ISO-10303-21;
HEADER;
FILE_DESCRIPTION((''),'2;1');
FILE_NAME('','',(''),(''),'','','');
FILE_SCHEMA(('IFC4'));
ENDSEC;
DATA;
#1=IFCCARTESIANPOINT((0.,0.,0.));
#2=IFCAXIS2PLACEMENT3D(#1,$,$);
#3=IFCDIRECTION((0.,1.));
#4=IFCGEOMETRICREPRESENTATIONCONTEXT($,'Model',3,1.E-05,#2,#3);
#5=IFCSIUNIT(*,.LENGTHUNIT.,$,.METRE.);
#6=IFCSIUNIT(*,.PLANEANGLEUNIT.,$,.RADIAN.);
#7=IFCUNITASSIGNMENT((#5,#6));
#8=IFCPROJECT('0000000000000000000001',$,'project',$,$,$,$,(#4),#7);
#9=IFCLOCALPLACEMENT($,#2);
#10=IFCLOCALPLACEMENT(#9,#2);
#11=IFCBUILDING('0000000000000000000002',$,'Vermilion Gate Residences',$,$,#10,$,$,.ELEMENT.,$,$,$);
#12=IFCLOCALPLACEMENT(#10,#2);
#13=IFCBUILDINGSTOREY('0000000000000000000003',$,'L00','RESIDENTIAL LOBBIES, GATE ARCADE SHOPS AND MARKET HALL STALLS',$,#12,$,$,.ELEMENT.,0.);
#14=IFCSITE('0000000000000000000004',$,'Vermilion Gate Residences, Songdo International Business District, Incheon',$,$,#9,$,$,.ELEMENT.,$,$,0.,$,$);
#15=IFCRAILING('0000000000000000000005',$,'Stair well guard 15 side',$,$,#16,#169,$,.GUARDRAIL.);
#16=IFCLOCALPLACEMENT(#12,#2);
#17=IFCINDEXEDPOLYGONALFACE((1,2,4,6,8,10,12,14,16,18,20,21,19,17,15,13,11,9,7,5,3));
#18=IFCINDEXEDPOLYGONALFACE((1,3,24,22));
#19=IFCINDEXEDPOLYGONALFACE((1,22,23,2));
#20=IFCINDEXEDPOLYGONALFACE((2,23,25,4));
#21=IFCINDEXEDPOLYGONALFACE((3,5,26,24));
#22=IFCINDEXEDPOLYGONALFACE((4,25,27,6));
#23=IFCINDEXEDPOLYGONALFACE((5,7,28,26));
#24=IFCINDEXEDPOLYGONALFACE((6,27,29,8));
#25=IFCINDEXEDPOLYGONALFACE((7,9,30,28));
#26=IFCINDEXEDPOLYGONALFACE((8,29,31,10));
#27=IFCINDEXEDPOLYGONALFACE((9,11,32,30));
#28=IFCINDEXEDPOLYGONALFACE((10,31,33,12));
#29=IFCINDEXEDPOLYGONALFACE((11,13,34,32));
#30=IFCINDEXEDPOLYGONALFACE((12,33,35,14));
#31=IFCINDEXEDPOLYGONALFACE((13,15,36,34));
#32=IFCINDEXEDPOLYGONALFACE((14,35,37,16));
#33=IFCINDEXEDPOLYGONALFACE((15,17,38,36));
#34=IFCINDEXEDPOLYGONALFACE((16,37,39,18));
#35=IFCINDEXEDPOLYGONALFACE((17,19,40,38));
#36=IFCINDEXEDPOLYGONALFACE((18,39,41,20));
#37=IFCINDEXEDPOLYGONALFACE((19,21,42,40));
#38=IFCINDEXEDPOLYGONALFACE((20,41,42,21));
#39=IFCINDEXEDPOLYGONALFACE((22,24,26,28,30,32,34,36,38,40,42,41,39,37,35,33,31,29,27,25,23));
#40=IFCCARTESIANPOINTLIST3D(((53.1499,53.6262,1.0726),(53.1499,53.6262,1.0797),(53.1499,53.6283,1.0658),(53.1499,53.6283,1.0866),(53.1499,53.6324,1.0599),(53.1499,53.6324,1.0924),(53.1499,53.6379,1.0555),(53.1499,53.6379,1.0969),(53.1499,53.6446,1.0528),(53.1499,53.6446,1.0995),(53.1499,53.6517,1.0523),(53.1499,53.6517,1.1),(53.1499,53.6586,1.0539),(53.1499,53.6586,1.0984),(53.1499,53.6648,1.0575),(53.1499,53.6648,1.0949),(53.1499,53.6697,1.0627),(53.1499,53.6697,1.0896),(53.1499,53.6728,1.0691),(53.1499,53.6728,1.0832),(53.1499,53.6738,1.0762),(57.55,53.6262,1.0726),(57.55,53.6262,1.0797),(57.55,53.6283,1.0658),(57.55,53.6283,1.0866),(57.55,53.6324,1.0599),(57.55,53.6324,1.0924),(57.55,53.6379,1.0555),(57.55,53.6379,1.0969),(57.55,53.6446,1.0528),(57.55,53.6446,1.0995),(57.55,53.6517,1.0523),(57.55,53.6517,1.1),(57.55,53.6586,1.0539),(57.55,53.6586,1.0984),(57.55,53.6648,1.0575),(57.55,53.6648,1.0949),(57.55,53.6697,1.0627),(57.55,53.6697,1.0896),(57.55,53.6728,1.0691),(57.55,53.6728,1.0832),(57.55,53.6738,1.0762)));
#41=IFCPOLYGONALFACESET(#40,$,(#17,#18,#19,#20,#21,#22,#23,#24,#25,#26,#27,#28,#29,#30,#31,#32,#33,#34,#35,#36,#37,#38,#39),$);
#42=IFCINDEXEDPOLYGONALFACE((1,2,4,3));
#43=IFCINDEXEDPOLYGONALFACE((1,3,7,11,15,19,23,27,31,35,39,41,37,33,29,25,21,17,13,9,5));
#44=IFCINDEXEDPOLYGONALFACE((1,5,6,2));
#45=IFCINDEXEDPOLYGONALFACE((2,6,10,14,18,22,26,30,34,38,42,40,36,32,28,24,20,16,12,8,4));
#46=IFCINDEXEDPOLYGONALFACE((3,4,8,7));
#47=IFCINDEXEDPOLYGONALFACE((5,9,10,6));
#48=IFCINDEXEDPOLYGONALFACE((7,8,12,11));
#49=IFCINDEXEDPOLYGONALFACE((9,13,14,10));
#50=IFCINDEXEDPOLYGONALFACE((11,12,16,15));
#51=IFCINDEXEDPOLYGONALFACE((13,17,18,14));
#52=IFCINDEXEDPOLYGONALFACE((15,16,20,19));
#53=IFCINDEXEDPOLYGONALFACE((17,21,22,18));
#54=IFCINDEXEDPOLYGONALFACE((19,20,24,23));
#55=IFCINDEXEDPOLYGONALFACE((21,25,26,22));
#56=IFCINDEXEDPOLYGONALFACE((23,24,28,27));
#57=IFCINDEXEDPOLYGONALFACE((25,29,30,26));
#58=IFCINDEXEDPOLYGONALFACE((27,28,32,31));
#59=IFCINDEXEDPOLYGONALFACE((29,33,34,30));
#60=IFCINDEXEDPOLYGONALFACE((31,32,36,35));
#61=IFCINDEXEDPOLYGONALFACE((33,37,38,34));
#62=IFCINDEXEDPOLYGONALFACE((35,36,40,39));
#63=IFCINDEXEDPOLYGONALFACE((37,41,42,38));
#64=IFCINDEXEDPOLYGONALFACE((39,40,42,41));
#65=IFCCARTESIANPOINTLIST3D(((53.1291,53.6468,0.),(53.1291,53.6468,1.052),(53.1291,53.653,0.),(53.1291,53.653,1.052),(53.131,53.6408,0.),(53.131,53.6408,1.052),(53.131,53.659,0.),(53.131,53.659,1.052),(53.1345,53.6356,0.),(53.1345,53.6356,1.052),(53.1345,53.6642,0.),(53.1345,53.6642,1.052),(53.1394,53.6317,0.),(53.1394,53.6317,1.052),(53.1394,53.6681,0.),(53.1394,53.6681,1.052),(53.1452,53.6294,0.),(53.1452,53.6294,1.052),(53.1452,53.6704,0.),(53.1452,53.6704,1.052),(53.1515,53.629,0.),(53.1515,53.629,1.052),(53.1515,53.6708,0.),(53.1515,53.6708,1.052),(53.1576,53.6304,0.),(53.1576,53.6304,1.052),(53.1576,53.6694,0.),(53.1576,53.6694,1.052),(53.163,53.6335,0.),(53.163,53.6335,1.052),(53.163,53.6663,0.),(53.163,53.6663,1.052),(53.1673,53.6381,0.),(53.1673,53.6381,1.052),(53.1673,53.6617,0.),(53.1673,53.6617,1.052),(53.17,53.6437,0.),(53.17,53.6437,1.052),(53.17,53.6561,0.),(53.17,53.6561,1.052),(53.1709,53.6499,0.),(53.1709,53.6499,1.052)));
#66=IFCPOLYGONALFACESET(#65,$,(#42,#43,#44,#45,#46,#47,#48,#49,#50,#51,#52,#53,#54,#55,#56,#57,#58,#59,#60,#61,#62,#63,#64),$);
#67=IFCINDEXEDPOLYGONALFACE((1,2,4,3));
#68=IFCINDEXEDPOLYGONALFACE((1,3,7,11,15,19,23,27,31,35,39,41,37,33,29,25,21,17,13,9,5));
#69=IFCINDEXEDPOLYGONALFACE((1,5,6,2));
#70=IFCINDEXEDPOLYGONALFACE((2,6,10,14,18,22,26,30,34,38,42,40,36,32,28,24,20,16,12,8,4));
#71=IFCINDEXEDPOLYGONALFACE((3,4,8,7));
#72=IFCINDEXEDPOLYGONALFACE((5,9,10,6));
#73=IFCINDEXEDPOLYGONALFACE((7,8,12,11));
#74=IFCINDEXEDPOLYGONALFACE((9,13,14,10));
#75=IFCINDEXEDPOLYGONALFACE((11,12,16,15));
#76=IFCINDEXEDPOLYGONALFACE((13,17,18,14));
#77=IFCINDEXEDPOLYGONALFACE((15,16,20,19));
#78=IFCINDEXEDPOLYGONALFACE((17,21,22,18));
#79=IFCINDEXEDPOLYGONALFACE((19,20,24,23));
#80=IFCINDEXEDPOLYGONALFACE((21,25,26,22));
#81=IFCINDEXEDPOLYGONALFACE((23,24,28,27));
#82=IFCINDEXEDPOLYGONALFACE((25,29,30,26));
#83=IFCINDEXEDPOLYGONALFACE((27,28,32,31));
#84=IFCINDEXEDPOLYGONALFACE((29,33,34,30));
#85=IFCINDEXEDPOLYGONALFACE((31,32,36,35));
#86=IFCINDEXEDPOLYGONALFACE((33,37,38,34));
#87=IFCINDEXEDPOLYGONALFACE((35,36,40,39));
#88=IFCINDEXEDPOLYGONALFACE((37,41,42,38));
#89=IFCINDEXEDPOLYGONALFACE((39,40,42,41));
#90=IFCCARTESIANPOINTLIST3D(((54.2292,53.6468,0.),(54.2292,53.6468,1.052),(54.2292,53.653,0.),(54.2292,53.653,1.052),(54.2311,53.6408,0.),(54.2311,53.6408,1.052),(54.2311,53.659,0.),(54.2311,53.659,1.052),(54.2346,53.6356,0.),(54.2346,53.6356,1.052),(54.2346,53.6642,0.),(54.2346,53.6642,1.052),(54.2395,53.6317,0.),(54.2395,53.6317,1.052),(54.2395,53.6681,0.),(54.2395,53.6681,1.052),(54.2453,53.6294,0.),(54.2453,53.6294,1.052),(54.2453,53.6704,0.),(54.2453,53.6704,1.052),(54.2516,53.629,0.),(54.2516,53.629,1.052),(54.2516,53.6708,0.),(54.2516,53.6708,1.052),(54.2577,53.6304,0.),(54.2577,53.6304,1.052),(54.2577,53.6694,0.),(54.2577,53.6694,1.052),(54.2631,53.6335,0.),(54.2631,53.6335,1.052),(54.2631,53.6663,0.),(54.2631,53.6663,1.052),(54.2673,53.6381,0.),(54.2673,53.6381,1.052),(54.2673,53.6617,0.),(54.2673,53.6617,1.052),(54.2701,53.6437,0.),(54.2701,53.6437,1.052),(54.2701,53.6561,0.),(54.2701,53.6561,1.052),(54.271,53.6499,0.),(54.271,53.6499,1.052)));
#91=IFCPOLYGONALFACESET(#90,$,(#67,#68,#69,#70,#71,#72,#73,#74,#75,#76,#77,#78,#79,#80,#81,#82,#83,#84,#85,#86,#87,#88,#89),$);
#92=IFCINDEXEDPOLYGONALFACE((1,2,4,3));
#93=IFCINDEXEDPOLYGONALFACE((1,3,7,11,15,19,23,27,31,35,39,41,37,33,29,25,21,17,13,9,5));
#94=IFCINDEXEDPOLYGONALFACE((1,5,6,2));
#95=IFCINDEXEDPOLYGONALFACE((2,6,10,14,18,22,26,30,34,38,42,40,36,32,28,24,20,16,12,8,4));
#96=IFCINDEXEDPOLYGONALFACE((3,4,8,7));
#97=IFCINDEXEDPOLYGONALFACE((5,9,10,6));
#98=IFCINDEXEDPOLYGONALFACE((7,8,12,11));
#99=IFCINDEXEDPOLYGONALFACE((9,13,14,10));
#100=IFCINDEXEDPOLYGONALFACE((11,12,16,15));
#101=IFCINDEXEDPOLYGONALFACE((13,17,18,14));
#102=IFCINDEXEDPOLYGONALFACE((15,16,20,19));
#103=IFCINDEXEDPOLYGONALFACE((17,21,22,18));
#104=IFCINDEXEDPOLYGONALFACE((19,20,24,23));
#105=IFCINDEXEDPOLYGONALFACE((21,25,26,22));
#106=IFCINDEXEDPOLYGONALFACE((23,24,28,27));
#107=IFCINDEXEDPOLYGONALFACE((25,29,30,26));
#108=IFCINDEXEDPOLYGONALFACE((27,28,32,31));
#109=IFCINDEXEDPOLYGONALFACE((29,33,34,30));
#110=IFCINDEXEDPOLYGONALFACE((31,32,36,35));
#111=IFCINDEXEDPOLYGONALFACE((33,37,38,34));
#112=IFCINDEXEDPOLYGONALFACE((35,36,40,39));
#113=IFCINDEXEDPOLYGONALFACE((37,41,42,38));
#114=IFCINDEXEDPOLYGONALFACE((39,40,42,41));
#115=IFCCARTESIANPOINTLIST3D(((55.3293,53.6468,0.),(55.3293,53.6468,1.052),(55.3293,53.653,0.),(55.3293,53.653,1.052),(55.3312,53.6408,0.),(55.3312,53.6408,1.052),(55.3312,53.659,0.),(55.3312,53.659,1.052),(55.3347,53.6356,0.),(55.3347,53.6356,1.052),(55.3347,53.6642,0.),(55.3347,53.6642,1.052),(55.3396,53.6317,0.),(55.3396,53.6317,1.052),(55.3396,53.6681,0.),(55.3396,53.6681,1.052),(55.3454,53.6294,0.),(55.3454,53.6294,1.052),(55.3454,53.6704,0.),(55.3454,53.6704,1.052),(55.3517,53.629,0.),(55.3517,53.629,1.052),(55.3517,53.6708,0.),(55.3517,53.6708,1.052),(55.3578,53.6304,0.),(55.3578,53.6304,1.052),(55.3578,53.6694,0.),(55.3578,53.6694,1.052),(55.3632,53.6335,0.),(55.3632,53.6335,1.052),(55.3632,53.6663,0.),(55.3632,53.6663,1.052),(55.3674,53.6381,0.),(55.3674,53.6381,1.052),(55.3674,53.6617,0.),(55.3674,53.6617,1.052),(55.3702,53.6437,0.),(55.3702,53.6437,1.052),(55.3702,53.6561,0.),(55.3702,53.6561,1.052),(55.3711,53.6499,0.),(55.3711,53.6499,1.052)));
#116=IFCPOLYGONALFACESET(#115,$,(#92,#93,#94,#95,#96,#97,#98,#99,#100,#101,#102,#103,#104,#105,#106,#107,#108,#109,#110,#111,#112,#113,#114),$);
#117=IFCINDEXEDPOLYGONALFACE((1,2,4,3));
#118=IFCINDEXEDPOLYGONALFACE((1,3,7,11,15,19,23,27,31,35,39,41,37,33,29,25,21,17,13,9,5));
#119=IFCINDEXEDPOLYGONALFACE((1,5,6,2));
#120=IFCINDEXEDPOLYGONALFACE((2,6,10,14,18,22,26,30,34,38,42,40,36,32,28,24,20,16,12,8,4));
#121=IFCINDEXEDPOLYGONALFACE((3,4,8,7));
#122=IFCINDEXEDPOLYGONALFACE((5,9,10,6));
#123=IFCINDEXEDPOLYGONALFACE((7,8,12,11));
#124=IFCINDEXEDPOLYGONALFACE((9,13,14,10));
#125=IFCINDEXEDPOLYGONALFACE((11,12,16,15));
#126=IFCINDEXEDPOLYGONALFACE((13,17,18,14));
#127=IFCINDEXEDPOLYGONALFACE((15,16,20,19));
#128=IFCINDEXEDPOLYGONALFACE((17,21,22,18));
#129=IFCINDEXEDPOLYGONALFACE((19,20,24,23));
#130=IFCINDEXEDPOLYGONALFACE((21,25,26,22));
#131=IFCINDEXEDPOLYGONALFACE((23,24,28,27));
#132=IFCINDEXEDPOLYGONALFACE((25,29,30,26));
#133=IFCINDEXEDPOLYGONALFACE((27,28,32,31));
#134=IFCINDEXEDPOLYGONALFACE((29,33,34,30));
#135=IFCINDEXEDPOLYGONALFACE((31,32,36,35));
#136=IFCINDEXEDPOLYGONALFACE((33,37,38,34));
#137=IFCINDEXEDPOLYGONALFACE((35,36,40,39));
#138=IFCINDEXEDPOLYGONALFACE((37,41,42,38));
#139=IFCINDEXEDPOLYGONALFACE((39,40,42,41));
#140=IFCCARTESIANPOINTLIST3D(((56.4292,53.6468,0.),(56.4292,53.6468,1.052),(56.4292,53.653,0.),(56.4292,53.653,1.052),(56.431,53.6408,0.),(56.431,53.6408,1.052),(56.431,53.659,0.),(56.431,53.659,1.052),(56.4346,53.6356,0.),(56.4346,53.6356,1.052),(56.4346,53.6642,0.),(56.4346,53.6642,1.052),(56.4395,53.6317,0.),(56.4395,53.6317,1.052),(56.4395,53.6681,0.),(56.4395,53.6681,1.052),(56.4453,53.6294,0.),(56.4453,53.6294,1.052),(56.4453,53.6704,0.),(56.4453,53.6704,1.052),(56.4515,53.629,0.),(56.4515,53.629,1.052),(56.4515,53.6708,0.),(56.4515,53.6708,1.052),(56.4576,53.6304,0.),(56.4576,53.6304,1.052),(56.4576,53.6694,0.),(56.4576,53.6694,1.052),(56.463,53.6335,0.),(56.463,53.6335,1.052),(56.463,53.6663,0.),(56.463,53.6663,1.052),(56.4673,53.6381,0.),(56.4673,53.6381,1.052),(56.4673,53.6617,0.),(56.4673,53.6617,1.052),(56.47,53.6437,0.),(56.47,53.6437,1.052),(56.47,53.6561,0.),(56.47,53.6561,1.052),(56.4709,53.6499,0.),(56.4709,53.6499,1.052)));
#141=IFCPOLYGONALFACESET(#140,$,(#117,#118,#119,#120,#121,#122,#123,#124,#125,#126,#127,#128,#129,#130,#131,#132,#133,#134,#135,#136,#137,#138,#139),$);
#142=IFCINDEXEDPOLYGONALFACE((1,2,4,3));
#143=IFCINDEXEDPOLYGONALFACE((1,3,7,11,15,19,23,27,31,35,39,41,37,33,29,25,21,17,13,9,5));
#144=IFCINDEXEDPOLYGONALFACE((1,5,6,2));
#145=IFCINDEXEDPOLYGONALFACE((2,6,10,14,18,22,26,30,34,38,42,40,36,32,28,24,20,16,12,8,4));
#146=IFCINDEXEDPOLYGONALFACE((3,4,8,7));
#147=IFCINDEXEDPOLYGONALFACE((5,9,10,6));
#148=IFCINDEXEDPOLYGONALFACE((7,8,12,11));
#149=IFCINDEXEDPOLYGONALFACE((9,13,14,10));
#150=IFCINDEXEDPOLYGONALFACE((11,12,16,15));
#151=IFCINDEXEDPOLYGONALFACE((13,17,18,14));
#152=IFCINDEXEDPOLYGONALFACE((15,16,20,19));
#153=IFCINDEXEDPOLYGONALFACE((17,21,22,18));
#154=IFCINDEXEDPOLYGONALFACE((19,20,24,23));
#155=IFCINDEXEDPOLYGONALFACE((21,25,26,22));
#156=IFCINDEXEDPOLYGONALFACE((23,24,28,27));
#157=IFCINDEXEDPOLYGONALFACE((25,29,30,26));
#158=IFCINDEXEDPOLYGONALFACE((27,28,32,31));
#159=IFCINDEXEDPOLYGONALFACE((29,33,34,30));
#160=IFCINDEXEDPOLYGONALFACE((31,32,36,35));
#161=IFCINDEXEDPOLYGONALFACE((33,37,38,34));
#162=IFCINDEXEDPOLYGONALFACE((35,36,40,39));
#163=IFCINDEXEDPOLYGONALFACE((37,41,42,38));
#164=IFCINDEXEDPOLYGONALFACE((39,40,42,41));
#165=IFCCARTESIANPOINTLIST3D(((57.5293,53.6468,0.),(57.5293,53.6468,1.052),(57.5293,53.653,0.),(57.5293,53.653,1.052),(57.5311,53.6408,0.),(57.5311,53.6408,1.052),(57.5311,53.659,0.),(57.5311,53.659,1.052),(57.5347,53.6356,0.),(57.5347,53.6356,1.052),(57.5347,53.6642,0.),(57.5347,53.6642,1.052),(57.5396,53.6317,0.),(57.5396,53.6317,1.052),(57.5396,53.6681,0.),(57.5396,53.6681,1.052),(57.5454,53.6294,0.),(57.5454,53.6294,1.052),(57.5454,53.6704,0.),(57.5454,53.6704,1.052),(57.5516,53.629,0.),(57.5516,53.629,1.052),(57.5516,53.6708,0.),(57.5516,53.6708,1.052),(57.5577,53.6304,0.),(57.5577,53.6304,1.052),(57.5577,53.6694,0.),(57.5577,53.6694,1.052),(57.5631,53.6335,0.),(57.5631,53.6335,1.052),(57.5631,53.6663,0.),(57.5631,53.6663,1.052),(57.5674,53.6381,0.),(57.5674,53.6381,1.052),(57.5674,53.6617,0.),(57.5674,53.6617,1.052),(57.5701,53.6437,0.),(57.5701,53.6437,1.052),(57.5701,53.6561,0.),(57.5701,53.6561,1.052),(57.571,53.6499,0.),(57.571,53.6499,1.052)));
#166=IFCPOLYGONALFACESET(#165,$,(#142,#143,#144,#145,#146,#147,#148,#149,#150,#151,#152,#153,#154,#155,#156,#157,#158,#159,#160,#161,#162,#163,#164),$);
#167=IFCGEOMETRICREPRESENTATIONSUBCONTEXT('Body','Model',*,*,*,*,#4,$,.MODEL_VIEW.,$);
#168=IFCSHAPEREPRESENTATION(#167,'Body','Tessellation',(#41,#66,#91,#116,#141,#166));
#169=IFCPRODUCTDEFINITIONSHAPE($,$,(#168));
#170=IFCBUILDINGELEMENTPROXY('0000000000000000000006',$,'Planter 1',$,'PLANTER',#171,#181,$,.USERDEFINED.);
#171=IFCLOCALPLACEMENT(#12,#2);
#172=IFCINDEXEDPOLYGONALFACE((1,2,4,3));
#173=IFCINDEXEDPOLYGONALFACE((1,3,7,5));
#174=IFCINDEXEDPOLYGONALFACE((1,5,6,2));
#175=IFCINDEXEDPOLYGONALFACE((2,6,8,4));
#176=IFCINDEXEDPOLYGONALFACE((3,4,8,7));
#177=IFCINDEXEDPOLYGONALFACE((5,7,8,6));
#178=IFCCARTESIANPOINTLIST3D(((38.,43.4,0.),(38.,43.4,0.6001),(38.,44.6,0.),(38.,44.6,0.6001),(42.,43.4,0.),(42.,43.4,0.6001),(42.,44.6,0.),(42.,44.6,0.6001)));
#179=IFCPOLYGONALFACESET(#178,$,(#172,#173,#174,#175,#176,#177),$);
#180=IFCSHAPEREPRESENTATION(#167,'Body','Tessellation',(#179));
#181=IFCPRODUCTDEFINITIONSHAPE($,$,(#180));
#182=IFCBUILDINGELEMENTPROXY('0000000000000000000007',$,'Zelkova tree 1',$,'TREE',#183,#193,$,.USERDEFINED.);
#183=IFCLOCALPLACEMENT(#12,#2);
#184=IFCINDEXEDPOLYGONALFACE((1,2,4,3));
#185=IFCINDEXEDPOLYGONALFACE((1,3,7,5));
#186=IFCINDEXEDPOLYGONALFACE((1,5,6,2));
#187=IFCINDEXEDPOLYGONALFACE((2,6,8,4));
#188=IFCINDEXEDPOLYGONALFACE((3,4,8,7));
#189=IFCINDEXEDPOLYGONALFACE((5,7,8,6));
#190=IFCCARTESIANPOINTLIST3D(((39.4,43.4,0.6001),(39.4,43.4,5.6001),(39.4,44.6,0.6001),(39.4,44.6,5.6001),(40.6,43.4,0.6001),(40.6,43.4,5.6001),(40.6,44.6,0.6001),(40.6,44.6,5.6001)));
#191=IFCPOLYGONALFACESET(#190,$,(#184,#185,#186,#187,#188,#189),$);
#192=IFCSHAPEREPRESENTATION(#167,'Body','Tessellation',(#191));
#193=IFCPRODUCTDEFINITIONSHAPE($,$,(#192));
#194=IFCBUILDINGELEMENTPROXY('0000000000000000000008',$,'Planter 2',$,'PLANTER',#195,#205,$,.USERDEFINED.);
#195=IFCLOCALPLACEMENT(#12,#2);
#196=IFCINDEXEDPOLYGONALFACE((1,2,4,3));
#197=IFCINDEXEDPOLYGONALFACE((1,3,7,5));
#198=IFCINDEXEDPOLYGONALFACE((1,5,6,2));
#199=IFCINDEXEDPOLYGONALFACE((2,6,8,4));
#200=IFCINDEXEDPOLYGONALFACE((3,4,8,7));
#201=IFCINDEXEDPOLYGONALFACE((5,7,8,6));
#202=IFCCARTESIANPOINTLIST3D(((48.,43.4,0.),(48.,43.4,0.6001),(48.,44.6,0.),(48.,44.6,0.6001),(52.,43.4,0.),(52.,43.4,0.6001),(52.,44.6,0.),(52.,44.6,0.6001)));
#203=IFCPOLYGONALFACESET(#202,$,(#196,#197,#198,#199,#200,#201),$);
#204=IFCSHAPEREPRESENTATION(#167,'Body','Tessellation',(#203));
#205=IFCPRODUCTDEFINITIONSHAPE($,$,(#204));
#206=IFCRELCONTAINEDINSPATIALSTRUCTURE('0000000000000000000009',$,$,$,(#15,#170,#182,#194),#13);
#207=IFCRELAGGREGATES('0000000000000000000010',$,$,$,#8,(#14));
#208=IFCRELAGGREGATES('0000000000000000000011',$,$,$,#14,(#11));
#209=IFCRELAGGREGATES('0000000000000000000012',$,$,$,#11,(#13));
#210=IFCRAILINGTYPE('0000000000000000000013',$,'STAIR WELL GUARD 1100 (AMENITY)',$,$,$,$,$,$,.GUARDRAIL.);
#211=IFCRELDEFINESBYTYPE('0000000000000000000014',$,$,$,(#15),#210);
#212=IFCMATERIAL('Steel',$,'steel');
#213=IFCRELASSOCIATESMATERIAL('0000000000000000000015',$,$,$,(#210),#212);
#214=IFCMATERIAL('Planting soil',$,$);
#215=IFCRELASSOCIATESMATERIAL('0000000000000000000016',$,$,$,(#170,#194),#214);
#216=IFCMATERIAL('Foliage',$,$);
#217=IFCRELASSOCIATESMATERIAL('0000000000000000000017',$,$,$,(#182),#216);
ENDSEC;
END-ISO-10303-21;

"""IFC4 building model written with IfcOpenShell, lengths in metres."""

from ifc_helpers import new_model, si_unit, direction, frame, origin, origin_2d, place, context, subcontext, project, spatial, rectangle, circle, extrude, material, type_object, element, save


model = new_model("IFC4")

# Units and contexts
model_context = context("Model", 3, precision=1e-05, world=origin(), true_north=direction((0.0, 1.0)))
body_context = subcontext(model_context, "Body", "Model", "MODEL_VIEW")
ifc_project = project(units=[si_unit("LENGTHUNIT", "METRE"), si_unit("PLANEANGLEUNIT", "RADIAN")], contexts=[model_context])

# Site, building, storey
site_placement = place(None, origin())
site = spatial("IfcSite", under=ifc_project, at=site_placement, Name="Vermilion Gate Residences, Songdo International Business District, Incheon", CompositionType="ELEMENT", RefElevation=0.0)
building_placement = place(site_placement, origin())
building = spatial("IfcBuilding", under=site, at=building_placement, Name="Vermilion Gate Residences", CompositionType="ELEMENT")
storey_placement = place(building_placement, origin())
storey = spatial("IfcBuildingStorey", under=building, at=storey_placement, Name="L00", Description="RESIDENTIAL LOBBIES, GATE ARCADE SHOPS AND MARKET HALL STALLS", CompositionType="ELEMENT", Elevation=0.0)

# Railing
ifc_material_1 = material(Name="Steel", Category="steel")
railing_type_1 = type_object("IfcRailingType", Name="STAIR WELL GUARD 1100 (AMENITY)", PredefinedType="GUARDRAIL", material=ifc_material_1)
railing_1_placement = place(storey_placement, frame((53.1499, 53.6499, 0.0)))
element("IfcRailing", 1, at=railing_1_placement, inside=storey, type_object=railing_type_1, Name="Stair well guard 15 side", PredefinedType="GUARDRAIL", context=body_context, shape_type="SweptSolid", body=[
    extrude(circle(Radius=0.0239, at=origin_2d()), frame((0.0, 0.0, 1.0762), z_axis=(1.0, 0.0, 0.0), x_axis=(0.0, 1.0, 0.0)), (0.0, 0.0, 1.0), 4.4001),
    extrude(circle(Radius=0.021, at=origin_2d()), origin(), (0.0, 0.0, 1.0), 1.052),
    extrude(circle(Radius=0.021, at=origin_2d()), frame((1.1001, 0.0, 0.0)), (0.0, 0.0, 1.0), 1.052),
    extrude(circle(Radius=0.021, at=origin_2d()), frame((2.2002, 0.0, 0.0)), (0.0, 0.0, 1.0), 1.052),
    extrude(circle(Radius=0.021, at=origin_2d()), frame((3.3, 0.0, 0.0)), (0.0, 0.0, 1.0), 1.052),
    extrude(circle(Radius=0.021, at=origin_2d()), frame((4.4001, 0.0, 0.0)), (0.0, 0.0, 1.0), 1.052),
])

# Building element proxies
ifc_material_2 = material(Name="Planting soil")
proxy_1_placement = place(storey_placement, frame((40.0, 44.0, 0.0), z_axis=(0.0, 0.0, 1.0), x_axis=(1.0, 0.0, 0.0)))
element("IfcBuildingElementProxy", 2, at=proxy_1_placement, inside=storey, material=ifc_material_2, Name="Planter 1", ObjectType="PLANTER", PredefinedType="USERDEFINED", context=body_context, shape_type="SweptSolid", body=[
    extrude(rectangle(XDim=4.0, YDim=1.2, at=origin_2d()), origin(), (0.0, 0.0, 1.0), 0.6001),
])
ifc_material_3 = material(Name="Foliage")
proxy_2_placement = place(storey_placement, frame((40.0, 44.0, 0.6001), z_axis=(0.0, 0.0, 1.0), x_axis=(1.0, 0.0, 0.0)))
element("IfcBuildingElementProxy", 3, at=proxy_2_placement, inside=storey, material=ifc_material_3, Name="Zelkova tree 1", ObjectType="TREE", PredefinedType="USERDEFINED", context=body_context, shape_type="SweptSolid", body=[
    extrude(rectangle(XDim=1.2, YDim=1.2, at=origin_2d()), origin(), (0.0, 0.0, 1.0), 5.0),
])
proxy_3_placement = place(storey_placement, frame((50.0, 44.0, 0.0), z_axis=(0.0, 0.0, 1.0), x_axis=(1.0, 0.0, 0.0)))
element("IfcBuildingElementProxy", 4, at=proxy_3_placement, inside=storey, material=ifc_material_2, Name="Planter 2", ObjectType="PLANTER", PredefinedType="USERDEFINED", context=body_context, shape_type="SweptSolid", body=[
    extrude(rectangle(XDim=4.0, YDim=1.2, at=origin_2d()), origin(), (0.0, 0.0, 1.0), 0.6001),
])

save(model, "model.ifc")
